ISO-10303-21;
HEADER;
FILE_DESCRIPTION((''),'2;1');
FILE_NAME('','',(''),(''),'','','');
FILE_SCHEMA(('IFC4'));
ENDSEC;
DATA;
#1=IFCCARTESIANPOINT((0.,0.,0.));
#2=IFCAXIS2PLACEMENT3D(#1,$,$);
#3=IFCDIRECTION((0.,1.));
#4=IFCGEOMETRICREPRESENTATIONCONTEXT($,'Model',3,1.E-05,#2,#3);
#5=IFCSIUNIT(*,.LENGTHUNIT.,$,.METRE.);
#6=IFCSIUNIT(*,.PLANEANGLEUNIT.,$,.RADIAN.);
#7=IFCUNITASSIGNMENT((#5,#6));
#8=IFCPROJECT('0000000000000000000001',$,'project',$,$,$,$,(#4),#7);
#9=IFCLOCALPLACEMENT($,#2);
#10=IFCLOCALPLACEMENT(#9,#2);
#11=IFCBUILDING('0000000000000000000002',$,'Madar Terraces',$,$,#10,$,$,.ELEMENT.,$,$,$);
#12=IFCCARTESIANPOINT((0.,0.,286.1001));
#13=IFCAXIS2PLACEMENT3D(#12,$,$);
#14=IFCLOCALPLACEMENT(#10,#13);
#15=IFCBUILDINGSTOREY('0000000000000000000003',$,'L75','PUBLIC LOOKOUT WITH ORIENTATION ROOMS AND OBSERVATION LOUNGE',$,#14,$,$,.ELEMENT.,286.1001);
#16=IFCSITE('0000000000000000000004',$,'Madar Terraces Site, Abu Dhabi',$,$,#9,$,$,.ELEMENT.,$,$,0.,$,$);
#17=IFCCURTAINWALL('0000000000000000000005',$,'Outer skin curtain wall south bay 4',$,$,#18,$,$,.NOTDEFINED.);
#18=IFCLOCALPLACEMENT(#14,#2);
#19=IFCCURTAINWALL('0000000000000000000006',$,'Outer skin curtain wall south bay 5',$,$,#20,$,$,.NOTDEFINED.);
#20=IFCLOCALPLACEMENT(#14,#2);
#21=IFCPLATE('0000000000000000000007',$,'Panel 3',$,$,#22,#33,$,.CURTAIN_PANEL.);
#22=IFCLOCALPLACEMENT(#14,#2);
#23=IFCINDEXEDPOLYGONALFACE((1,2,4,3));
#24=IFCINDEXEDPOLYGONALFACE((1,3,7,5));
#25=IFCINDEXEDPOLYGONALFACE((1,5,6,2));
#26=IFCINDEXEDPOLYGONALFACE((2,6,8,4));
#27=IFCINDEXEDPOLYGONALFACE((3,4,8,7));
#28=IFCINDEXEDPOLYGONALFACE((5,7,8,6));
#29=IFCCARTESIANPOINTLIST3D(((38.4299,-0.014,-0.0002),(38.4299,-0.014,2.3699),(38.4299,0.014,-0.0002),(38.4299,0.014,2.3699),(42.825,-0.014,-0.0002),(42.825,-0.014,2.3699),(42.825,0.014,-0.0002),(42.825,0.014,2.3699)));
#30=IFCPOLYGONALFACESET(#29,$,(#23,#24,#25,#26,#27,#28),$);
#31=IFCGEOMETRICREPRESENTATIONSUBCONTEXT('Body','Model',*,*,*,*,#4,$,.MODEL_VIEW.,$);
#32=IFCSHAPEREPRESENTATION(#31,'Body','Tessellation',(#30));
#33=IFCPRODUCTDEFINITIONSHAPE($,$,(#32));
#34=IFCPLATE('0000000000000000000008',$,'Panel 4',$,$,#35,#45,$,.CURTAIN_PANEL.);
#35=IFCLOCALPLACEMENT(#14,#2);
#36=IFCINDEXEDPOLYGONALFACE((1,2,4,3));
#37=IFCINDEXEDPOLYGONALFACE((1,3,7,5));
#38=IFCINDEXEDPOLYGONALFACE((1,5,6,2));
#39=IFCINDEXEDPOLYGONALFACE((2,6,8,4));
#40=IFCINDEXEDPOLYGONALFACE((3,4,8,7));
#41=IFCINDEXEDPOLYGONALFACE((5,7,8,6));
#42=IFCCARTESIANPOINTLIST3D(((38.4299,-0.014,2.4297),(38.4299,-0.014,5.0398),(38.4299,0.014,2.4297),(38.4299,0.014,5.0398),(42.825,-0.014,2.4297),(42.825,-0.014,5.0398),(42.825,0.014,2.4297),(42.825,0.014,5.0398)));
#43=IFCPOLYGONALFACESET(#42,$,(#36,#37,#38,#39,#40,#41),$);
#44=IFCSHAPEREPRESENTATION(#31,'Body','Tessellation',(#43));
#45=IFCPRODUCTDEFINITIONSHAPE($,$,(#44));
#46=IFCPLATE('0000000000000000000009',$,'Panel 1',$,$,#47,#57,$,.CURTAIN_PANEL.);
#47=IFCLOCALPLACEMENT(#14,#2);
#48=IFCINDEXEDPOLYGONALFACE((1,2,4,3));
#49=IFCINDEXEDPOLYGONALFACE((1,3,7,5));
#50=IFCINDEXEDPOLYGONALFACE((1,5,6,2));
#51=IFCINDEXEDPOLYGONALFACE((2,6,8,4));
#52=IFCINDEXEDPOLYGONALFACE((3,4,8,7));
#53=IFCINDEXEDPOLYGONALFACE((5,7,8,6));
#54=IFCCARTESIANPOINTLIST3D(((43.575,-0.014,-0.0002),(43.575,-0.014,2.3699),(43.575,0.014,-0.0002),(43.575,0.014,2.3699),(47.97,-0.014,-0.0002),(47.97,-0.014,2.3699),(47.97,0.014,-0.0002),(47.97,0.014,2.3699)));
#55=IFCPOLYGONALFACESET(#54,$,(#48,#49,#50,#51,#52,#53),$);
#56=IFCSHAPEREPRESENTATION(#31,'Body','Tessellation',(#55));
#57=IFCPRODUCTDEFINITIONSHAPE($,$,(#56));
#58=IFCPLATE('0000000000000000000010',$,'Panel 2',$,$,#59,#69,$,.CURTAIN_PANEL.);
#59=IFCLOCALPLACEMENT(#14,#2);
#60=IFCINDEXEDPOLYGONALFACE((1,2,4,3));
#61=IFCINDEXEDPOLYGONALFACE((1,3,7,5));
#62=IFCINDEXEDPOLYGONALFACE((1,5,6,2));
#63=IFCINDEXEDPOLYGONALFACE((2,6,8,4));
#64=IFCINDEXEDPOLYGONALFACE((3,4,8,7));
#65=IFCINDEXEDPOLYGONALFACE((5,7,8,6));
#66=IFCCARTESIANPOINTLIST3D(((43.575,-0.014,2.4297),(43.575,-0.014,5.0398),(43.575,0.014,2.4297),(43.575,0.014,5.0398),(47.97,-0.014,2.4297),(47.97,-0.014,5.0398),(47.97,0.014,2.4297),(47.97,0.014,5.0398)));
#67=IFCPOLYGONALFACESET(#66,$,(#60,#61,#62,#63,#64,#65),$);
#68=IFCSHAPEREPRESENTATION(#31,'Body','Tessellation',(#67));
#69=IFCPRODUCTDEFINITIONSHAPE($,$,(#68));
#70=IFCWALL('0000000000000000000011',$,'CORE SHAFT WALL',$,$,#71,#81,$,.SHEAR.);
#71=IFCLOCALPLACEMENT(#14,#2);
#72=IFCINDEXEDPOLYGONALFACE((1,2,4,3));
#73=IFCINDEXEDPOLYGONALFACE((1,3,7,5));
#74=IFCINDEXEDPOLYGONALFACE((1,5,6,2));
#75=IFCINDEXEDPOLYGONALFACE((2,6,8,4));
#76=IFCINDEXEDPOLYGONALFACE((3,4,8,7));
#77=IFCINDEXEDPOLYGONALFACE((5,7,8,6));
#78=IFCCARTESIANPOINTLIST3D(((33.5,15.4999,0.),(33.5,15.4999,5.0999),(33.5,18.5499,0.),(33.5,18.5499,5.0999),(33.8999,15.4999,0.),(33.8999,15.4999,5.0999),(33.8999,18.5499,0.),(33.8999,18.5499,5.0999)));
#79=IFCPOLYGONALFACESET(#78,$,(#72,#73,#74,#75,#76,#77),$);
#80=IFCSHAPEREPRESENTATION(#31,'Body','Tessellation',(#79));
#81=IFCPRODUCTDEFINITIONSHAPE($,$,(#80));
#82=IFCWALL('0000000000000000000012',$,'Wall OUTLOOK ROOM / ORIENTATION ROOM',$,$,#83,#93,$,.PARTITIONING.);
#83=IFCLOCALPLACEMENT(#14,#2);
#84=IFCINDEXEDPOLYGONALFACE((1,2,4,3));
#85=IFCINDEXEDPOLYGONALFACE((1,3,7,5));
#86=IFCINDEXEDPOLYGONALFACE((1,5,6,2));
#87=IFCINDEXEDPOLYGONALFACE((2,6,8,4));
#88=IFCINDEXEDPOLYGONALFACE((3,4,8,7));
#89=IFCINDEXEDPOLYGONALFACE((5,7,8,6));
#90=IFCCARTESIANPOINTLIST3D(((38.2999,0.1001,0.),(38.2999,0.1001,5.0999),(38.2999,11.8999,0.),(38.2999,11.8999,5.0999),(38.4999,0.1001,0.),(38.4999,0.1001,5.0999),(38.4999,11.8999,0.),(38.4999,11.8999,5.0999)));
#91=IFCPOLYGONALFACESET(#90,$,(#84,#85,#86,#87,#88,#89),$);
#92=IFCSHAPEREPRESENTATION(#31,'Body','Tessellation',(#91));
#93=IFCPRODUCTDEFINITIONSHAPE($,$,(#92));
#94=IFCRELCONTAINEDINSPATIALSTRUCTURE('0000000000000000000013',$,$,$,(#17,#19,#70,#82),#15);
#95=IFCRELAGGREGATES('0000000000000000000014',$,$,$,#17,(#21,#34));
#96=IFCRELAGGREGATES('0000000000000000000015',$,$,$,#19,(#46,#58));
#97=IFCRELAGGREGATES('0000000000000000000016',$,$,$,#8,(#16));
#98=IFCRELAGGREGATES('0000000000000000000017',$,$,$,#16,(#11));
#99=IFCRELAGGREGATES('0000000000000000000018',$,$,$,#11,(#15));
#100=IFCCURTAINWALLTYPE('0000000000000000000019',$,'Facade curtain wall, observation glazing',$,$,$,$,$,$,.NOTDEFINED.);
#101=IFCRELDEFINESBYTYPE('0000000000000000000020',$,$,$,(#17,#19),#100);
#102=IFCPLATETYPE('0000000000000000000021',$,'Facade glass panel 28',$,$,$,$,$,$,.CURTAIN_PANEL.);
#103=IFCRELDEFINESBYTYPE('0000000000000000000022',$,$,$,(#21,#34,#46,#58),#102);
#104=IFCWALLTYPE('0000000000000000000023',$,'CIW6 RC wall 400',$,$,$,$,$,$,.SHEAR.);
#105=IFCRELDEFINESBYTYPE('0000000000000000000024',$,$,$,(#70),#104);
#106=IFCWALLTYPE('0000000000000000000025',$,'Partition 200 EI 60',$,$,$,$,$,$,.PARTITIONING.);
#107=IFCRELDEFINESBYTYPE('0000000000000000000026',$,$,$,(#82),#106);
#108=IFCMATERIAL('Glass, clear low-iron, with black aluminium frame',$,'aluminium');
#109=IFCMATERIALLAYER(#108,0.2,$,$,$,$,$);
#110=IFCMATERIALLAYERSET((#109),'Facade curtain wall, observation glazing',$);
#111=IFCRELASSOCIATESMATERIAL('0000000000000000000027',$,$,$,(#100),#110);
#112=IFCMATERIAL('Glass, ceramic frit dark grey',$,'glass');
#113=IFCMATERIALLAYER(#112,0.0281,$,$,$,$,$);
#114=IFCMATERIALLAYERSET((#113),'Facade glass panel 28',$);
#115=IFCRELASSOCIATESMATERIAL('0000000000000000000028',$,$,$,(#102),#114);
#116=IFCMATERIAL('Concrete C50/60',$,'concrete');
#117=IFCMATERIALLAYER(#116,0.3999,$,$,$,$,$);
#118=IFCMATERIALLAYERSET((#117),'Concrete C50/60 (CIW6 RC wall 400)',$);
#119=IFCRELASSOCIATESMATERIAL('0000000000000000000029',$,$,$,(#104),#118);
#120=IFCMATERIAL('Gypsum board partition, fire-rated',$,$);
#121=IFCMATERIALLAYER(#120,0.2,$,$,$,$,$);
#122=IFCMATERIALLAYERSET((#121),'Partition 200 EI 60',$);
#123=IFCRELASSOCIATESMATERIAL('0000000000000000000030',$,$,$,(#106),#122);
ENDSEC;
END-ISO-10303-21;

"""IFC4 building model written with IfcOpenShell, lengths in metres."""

from ifc_helpers import new_model, si_unit, direction, frame, frame_2d, origin, origin_2d, place, context, subcontext, project, spatial, rectangle, extrude, material, layer, layer_set, type_object, element, aggregate, save


model = new_model("IFC4")

# Units and contexts
model_context = context("Model", 3, precision=1e-05, world=origin(), true_north=direction((0.0, 1.0)))
body_context = subcontext(model_context, "Body", "Model", "MODEL_VIEW")
ifc_project = project(units=[si_unit("LENGTHUNIT", "METRE"), si_unit("PLANEANGLEUNIT", "RADIAN")], contexts=[model_context])

# Site, building, storey
site_placement = place(None, origin())
site = spatial("IfcSite", under=ifc_project, at=site_placement, Name="Madar Terraces Site, Abu Dhabi", CompositionType="ELEMENT", RefElevation=0.0)
building_placement = place(site_placement, origin())
building = spatial("IfcBuilding", under=site, at=building_placement, Name="Madar Terraces", CompositionType="ELEMENT")
storey_placement = place(building_placement, frame((0.0, 0.0, 286.1001)))
storey = spatial("IfcBuildingStorey", under=building, at=storey_placement, Name="L75", Description="PUBLIC LOOKOUT WITH ORIENTATION ROOMS AND OBSERVATION LOUNGE", CompositionType="ELEMENT", Elevation=286.1001)

# Curtain walls
ifc_material_1 = material(Name="Glass, clear low-iron, with black aluminium frame", Category="aluminium")
ifc_layer_1 = layer(ifc_material_1, 0.2)
ifc_layer_set_1 = layer_set([ifc_layer_1], Name="Facade curtain wall, observation glazing")
curtain_wall_type = type_object("IfcCurtainWallType", Name="Facade curtain wall, observation glazing", PredefinedType="NOTDEFINED", material=ifc_layer_set_1)
curtain_wall_1_placement = place(storey_placement, origin())
curtain_wall_1 = element("IfcCurtainWall", 1, at=curtain_wall_1_placement, inside=storey, type_object=curtain_wall_type, Name="Outer skin curtain wall south bay 4", PredefinedType="NOTDEFINED")
curtain_wall_2_placement = place(storey_placement, origin())
curtain_wall_2 = element("IfcCurtainWall", 2, at=curtain_wall_2_placement, inside=storey, type_object=curtain_wall_type, Name="Outer skin curtain wall south bay 5", PredefinedType="NOTDEFINED")

# Plates
ifc_material_2 = material(Name="Glass, ceramic frit dark grey", Category="glass")
ifc_layer_2 = layer(ifc_material_2, 0.0281)
ifc_layer_set_2 = layer_set([ifc_layer_2], Name="Facade glass panel 28")
plate_type = type_object("IfcPlateType", Name="Facade glass panel 28", PredefinedType="CURTAIN_PANEL", material=ifc_layer_set_2)
plate_1_placement = place(storey_placement, frame((40.6274, 0.0, -0.0002), z_axis=(0.0, 0.0, 1.0), x_axis=(1.0, 0.0, 0.0)))
plate_1 = element("IfcPlate", 3, at=plate_1_placement, type_object=plate_type, Name="Panel 3", PredefinedType="CURTAIN_PANEL", context=body_context, shape_type="SweptSolid", body=[
    extrude(rectangle(XDim=4.395, YDim=0.0281, at=origin_2d()), origin(), (0.0, 0.0, 1.0), 2.3701),
])
plate_2_placement = place(storey_placement, frame((40.6274, 0.0, 2.4297), z_axis=(0.0, 0.0, 1.0), x_axis=(1.0, 0.0, 0.0)))
plate_2 = element("IfcPlate", 4, at=plate_2_placement, type_object=plate_type, Name="Panel 4", PredefinedType="CURTAIN_PANEL", context=body_context, shape_type="SweptSolid", body=[
    extrude(rectangle(XDim=4.395, YDim=0.0281, at=origin_2d()), origin(), (0.0, 0.0, 1.0), 2.6101),
])
aggregate(curtain_wall_1, [plate_1, plate_2])
plate_3_placement = place(storey_placement, frame((45.7725, 0.0, -0.0002), z_axis=(0.0, 0.0, 1.0), x_axis=(1.0, 0.0, 0.0)))
plate_3 = element("IfcPlate", 5, at=plate_3_placement, type_object=plate_type, Name="Panel 1", PredefinedType="CURTAIN_PANEL", context=body_context, shape_type="SweptSolid", body=[
    extrude(rectangle(XDim=4.395, YDim=0.0281, at=origin_2d()), origin(), (0.0, 0.0, 1.0), 2.3701),
])
plate_4_placement = place(storey_placement, frame((45.7725, 0.0, 2.4297), z_axis=(0.0, 0.0, 1.0), x_axis=(1.0, 0.0, 0.0)))
plate_4 = element("IfcPlate", 6, at=plate_4_placement, type_object=plate_type, Name="Panel 2", PredefinedType="CURTAIN_PANEL", context=body_context, shape_type="SweptSolid", body=[
    extrude(rectangle(XDim=4.395, YDim=0.0281, at=origin_2d()), origin(), (0.0, 0.0, 1.0), 2.6101),
])
aggregate(curtain_wall_2, [plate_3, plate_4])

# Walls
ifc_material_3 = material(Name="Concrete C50/60", Category="concrete")
ifc_layer_3 = layer(ifc_material_3, 0.3999)
ifc_layer_set_3 = layer_set([ifc_layer_3], Name="Concrete C50/60 (CIW6 RC wall 400)")
wall_type_1 = type_object("IfcWallType", Name="CIW6 RC wall 400", PredefinedType="SHEAR", material=ifc_layer_set_3)
wall_1_placement = place(storey_placement, frame((33.7, 15.5, 0.0), z_axis=(0.0, 0.0, 1.0), x_axis=(0.0, 1.0, 0.0)))
element("IfcWall", 7, at=wall_1_placement, inside=storey, type_object=wall_type_1, Name="CORE SHAFT WALL", PredefinedType="SHEAR", context=body_context, shape_type="SweptSolid", body=[
    extrude(rectangle(XDim=3.05, YDim=0.3999, at=frame_2d((1.5249, 0.0))), origin(), (0.0, 0.0, 1.0), 5.0999),
])
ifc_material_4 = material(Name="Gypsum board partition, fire-rated")
ifc_layer_4 = layer(ifc_material_4, 0.2)
ifc_layer_set_4 = layer_set([ifc_layer_4], Name="Partition 200 EI 60")
wall_type_2 = type_object("IfcWallType", Name="Partition 200 EI 60", PredefinedType="PARTITIONING", material=ifc_layer_set_4)
wall_2_placement = place(storey_placement, frame((38.3999, 0.1001, 0.0), z_axis=(0.0, 0.0, 1.0), x_axis=(0.0, 1.0, 0.0)))
element("IfcWall", 8, at=wall_2_placement, inside=storey, type_object=wall_type_2, Name="Wall OUTLOOK ROOM / ORIENTATION ROOM", PredefinedType="PARTITIONING", context=body_context, shape_type="SweptSolid", body=[
    extrude(rectangle(XDim=11.7998, YDim=0.2, at=frame_2d((5.8999, 0.0))), origin(), (0.0, 0.0, 1.0), 5.0999),
])

save(model, "model.ifc")
